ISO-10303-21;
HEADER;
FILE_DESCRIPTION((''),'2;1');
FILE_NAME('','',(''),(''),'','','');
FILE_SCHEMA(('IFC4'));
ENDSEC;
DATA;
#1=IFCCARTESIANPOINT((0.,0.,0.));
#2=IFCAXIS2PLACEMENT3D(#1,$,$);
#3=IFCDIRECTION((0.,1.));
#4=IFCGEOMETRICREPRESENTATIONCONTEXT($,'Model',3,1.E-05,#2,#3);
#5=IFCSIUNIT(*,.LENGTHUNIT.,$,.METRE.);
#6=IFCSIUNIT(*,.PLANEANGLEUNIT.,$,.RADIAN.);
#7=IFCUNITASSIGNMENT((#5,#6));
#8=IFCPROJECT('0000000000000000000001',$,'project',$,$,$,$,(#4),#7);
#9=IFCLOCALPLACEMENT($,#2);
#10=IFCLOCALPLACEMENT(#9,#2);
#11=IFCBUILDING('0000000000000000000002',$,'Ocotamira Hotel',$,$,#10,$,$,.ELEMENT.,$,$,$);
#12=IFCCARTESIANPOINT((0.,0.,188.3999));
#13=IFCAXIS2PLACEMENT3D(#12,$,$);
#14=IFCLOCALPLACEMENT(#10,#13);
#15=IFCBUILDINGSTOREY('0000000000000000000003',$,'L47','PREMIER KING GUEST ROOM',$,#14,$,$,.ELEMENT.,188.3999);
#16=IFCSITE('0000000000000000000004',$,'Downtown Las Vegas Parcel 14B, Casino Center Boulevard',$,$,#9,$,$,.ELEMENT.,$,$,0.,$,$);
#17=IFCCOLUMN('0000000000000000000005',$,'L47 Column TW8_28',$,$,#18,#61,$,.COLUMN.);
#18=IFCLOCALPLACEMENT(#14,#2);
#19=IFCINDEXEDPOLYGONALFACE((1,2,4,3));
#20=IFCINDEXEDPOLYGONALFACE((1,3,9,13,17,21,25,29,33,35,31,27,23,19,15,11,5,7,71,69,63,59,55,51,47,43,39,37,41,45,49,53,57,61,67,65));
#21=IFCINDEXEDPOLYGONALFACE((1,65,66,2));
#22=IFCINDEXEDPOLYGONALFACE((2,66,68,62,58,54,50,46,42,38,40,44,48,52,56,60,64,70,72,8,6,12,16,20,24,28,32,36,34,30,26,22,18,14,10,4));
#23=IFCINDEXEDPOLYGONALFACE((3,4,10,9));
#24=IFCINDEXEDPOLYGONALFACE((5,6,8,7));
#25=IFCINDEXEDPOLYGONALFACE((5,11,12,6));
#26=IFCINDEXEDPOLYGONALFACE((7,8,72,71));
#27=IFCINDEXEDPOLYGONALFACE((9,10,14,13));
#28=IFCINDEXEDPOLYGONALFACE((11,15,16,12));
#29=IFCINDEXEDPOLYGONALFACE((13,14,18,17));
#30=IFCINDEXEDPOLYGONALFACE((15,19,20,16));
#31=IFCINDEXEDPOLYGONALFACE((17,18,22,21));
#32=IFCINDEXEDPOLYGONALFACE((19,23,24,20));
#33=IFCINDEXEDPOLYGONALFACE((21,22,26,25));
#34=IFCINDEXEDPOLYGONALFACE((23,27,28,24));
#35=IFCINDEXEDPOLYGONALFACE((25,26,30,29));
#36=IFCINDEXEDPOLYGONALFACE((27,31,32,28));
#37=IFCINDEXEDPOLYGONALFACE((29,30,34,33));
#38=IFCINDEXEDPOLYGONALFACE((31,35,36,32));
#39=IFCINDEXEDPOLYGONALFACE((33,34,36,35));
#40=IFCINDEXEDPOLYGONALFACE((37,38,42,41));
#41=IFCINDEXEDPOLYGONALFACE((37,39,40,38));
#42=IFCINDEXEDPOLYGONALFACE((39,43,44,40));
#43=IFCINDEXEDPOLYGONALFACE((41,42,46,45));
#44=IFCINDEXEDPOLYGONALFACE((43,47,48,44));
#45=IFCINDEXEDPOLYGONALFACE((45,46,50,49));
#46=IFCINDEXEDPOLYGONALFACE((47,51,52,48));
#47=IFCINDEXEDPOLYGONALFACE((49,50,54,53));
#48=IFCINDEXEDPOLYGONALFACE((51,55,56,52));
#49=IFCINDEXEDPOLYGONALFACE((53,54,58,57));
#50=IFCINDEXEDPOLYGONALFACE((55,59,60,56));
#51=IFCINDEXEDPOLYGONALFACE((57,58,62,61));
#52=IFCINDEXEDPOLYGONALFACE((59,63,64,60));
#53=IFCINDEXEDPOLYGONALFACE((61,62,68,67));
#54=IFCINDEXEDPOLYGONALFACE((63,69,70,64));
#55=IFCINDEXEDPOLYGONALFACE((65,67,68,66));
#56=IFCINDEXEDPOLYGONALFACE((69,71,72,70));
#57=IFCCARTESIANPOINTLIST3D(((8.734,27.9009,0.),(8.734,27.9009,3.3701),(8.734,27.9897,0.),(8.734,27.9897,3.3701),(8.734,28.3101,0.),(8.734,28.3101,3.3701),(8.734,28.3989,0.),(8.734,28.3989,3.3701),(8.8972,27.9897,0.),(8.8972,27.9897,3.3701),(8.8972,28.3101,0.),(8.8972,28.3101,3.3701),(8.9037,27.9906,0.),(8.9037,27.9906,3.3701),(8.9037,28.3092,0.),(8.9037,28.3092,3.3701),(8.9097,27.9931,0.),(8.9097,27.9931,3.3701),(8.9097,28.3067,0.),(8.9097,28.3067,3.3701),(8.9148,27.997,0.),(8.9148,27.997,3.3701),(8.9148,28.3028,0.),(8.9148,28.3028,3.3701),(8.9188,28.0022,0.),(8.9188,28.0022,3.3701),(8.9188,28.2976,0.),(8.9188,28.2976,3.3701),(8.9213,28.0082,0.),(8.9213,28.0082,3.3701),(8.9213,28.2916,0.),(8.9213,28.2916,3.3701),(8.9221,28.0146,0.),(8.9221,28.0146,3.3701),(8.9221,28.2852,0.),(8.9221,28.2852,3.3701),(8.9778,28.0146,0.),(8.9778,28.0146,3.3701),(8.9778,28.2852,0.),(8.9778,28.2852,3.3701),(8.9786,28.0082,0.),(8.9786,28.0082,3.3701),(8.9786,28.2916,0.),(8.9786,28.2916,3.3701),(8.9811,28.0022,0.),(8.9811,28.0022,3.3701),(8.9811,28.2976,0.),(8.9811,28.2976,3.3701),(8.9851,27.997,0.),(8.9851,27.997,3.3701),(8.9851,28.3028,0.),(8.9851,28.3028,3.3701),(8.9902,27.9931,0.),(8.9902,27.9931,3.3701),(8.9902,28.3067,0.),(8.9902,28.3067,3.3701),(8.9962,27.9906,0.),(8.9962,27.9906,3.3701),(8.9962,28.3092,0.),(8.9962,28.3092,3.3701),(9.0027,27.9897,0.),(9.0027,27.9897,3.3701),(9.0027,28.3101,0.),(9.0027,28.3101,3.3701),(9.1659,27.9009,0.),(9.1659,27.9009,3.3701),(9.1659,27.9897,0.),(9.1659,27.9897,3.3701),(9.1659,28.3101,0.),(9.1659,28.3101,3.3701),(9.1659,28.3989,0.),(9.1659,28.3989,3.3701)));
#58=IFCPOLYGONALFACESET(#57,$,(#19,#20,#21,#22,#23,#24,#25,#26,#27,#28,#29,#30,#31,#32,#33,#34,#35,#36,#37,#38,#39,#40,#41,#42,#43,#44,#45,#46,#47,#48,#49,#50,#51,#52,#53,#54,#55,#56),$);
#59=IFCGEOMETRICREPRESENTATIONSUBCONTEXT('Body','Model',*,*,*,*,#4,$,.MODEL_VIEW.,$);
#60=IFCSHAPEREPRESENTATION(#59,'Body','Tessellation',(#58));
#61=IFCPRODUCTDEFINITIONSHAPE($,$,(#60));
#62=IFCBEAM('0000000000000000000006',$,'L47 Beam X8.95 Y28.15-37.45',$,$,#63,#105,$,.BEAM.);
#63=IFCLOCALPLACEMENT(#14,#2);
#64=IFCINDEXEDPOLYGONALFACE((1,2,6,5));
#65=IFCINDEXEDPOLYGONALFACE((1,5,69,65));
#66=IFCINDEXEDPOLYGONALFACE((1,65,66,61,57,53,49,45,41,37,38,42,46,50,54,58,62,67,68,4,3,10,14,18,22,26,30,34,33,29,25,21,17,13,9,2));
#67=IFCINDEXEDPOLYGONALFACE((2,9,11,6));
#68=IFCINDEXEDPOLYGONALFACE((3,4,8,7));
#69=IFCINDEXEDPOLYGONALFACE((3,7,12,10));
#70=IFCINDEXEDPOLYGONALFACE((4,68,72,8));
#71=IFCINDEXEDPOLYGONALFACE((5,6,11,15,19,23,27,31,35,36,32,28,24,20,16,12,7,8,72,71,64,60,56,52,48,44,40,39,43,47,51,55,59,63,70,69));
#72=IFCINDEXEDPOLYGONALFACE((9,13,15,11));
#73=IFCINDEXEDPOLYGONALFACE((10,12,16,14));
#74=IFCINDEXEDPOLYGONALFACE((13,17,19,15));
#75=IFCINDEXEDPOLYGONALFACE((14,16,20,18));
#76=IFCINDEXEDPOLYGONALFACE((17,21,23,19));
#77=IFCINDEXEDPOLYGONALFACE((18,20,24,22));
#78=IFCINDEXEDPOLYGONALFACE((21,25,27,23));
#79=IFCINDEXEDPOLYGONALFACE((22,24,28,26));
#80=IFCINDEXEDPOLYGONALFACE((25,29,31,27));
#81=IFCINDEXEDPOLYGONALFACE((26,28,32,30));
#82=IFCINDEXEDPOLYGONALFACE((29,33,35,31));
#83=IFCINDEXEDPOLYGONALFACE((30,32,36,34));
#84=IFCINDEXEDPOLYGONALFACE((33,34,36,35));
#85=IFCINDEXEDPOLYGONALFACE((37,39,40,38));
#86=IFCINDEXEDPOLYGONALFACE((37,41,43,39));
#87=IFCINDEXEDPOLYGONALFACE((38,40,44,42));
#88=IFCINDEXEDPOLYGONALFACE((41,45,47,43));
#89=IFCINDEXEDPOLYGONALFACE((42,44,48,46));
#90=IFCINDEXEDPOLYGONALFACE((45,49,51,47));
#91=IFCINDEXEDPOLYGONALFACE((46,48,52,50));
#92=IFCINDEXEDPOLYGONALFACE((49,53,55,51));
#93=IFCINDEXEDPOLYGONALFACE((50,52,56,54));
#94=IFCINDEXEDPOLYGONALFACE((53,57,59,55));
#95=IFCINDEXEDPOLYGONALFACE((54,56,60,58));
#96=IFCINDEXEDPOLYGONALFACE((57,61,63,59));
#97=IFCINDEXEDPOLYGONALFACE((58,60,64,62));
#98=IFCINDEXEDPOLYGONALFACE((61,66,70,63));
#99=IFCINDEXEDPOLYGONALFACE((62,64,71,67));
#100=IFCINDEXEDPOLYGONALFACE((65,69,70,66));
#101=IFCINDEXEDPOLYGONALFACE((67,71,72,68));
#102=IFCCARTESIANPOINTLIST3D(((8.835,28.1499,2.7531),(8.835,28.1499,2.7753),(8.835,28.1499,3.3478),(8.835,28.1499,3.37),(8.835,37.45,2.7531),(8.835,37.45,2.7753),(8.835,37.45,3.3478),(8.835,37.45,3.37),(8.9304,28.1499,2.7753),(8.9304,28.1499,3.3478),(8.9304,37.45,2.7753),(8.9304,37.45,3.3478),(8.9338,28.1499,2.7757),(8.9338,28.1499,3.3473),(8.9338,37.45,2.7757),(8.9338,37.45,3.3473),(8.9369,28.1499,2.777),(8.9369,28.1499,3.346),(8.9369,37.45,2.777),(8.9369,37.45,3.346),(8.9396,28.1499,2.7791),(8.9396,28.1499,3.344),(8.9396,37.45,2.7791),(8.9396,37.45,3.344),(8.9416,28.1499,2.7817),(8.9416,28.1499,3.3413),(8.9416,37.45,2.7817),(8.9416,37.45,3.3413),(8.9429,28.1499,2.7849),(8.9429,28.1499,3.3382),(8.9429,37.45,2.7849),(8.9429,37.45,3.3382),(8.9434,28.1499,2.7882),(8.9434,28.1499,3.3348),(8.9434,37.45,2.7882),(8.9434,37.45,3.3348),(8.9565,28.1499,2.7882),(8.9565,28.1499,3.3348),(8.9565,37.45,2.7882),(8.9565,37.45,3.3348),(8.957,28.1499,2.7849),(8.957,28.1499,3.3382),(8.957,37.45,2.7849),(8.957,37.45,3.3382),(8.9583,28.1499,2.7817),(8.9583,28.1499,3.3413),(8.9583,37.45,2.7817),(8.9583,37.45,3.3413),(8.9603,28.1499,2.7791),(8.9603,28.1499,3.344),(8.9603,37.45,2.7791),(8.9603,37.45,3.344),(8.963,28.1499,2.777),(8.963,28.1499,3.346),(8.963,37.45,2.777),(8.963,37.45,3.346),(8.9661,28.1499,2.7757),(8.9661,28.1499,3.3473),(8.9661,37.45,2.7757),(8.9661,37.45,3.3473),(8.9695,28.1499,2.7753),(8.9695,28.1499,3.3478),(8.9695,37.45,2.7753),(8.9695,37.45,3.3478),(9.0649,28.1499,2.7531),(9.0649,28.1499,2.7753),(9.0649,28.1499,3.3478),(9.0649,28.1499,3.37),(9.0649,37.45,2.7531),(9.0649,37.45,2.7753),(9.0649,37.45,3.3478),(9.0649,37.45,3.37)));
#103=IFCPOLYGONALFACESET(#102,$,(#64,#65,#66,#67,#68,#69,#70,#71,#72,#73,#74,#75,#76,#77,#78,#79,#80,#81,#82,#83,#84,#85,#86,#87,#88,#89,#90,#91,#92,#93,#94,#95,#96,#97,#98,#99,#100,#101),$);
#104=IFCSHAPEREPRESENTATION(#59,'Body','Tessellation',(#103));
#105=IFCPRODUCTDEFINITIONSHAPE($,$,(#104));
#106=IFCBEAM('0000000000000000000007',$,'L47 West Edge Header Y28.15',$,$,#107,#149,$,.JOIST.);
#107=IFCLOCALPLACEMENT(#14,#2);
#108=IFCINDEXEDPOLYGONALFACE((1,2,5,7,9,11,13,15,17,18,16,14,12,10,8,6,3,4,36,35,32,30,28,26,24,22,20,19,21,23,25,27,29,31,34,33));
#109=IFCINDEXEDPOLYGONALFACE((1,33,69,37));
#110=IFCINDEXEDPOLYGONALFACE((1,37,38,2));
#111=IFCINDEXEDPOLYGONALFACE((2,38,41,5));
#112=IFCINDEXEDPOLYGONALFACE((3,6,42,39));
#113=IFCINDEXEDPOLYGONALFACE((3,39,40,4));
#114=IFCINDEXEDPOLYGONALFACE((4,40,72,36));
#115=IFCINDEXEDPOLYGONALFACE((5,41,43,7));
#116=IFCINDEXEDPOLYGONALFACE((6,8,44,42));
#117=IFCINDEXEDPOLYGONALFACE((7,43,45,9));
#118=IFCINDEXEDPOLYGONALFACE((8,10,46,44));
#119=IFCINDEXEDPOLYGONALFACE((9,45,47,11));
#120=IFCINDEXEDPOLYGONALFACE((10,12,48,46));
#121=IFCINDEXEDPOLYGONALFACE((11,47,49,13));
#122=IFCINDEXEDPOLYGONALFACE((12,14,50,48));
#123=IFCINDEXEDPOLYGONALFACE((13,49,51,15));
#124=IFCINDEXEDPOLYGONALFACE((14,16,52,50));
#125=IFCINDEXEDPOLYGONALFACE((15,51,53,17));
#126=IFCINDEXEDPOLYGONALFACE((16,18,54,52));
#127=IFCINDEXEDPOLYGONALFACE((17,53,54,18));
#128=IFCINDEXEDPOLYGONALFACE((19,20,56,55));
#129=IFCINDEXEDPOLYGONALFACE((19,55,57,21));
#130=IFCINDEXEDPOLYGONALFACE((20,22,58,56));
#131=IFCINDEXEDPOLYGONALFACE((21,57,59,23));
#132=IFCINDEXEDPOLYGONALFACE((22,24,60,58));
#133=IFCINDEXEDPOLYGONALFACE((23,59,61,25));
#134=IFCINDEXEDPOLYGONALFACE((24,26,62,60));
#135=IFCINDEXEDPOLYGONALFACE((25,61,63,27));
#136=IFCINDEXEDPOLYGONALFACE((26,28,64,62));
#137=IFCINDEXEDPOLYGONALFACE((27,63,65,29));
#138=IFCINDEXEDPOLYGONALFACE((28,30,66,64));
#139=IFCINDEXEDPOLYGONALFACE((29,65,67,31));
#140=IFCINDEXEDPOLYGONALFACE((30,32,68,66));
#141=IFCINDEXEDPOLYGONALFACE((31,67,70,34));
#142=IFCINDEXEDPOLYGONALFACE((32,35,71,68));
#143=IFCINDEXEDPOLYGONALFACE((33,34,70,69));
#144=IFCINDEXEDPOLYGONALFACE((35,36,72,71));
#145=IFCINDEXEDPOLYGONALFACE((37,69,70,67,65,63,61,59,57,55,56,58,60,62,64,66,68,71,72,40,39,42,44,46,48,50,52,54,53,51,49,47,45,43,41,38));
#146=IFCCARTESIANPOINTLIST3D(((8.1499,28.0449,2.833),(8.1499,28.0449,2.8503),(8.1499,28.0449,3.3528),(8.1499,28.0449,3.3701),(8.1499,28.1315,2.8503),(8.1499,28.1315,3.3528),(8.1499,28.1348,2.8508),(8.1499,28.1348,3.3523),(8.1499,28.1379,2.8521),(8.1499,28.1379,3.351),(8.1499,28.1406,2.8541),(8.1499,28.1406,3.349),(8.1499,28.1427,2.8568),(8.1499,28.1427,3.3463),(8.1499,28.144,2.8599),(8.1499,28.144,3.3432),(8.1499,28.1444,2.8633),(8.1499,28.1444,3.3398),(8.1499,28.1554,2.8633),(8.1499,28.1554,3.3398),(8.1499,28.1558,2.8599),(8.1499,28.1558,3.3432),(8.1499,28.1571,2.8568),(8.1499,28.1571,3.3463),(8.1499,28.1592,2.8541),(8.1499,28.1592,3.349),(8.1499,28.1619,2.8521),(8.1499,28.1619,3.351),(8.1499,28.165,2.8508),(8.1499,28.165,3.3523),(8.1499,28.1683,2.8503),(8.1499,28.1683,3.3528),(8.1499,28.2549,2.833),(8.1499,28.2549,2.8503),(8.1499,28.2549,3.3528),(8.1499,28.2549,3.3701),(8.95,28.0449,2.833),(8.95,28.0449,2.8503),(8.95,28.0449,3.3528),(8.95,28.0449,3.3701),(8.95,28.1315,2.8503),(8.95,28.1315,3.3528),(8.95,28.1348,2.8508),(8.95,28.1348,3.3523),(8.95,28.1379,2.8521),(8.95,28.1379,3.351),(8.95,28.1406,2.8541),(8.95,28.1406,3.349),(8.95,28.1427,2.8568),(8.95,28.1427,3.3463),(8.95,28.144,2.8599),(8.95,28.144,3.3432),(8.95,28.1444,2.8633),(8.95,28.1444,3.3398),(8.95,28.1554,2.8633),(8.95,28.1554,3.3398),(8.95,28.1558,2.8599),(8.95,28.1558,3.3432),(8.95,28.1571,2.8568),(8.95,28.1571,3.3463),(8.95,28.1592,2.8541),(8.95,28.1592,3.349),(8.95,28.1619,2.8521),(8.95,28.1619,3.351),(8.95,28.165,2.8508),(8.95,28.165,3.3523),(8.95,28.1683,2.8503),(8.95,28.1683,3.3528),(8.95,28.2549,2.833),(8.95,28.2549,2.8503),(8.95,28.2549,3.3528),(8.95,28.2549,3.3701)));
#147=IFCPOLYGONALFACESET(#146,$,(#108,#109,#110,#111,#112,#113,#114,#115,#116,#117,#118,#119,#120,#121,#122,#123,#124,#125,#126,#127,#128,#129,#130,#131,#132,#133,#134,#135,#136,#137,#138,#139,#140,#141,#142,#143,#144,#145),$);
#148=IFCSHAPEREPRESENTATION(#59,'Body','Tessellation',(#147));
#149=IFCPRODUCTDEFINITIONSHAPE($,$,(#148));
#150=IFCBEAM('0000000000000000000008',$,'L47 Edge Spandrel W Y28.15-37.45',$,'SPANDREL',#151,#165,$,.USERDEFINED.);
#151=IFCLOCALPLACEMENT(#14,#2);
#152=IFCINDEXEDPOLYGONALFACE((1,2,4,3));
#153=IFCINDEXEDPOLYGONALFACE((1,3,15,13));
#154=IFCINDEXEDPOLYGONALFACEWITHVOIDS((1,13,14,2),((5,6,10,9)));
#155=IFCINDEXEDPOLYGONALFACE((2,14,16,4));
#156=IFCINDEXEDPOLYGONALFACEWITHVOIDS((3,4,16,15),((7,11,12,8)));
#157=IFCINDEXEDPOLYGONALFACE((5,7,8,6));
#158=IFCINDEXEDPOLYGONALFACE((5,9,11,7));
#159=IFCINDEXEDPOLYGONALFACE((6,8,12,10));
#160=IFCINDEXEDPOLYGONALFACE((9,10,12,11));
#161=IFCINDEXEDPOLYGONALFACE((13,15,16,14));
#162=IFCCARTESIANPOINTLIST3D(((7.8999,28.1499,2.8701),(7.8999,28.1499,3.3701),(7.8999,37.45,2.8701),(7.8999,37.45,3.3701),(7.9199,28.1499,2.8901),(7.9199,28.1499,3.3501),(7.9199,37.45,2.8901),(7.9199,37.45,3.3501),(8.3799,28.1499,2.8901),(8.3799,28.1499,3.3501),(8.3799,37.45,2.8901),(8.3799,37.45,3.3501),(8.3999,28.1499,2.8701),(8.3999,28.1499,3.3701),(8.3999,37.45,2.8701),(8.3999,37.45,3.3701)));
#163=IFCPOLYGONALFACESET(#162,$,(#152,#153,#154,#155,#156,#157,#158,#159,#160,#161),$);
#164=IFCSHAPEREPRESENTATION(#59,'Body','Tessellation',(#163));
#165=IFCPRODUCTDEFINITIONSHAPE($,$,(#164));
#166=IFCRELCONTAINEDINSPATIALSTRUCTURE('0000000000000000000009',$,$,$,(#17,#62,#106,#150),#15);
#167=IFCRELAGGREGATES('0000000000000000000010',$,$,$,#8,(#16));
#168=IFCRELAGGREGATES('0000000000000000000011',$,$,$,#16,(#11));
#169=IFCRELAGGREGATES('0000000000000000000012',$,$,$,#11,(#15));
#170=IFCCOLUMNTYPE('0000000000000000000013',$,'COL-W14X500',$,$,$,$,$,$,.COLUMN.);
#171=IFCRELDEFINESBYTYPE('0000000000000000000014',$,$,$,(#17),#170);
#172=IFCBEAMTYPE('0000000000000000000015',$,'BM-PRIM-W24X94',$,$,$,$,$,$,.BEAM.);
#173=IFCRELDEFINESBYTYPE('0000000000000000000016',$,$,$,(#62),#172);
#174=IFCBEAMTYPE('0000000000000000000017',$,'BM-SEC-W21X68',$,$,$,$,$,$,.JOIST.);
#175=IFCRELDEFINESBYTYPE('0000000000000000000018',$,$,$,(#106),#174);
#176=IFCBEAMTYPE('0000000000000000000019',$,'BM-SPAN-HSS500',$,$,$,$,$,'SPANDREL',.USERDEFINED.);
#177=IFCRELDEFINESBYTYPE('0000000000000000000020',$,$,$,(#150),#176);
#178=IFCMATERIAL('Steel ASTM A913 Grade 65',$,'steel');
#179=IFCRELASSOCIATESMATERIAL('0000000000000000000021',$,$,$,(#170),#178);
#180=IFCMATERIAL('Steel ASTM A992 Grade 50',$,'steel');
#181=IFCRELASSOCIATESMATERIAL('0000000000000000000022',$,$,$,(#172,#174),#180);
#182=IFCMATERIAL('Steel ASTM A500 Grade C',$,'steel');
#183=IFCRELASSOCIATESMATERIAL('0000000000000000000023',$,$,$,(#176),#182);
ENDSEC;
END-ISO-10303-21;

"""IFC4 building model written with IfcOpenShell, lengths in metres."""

from ifc_helpers import new_model, si_unit, direction, frame, origin, origin_2d, place, context, subcontext, project, spatial, hollow_rectangle, i_section, extrude, source, transform, mapped, material, material_profile, profile_set, type_object, element, save


model = new_model("IFC4")

# Units and contexts
model_context = context("Model", 3, precision=1e-05, world=origin(), true_north=direction((0.0, 1.0)))
body_context = subcontext(model_context, "Body", "Model", "MODEL_VIEW")
ifc_project = project(units=[si_unit("LENGTHUNIT", "METRE"), si_unit("PLANEANGLEUNIT", "RADIAN")], contexts=[model_context])

# Site, building, storey
site_placement = place(None, origin())
site = spatial("IfcSite", under=ifc_project, at=site_placement, Name="Downtown Las Vegas Parcel 14B, Casino Center Boulevard", CompositionType="ELEMENT", RefElevation=0.0)
building_placement = place(site_placement, origin())
building = spatial("IfcBuilding", under=site, at=building_placement, Name="Ocotamira Hotel", CompositionType="ELEMENT")
storey_placement = place(building_placement, frame((0.0, 0.0, 188.3999)))
storey = spatial("IfcBuildingStorey", under=building, at=storey_placement, Name="L47", Description="PREMIER KING GUEST ROOM", CompositionType="ELEMENT", Elevation=188.3999)

# Column
ifc_material_1 = material(Name="Steel ASTM A913 Grade 65", Category="steel")
ifc_material_profile_1 = material_profile(ifc_material_1, i_section(OverallWidth=0.4319, OverallDepth=0.498, WebThickness=0.0557, FlangeThickness=0.0889, FilletRadius=0.0249, at=origin_2d()), Name="W14X500")
ifc_profile_set_1 = profile_set([ifc_material_profile_1], Name="Steel ASTM A913 Grade 65")
column_type = type_object("IfcColumnType", Name="COL-W14X500", PredefinedType="COLUMN", material=ifc_profile_set_1)
shared_shape_1 = source(origin(), body_context, "Body", "SweptSolid", [
    extrude(i_section(OverallWidth=0.4319, OverallDepth=0.498, WebThickness=0.0557, FlangeThickness=0.0889, FilletRadius=0.0249, at=origin_2d()), origin(), (0.0, 0.0, 1.0), 3.3701),
])
column_placement = place(storey_placement, frame((8.95, 28.1499, 0.0), z_axis=(0.0, 0.0, 1.0), x_axis=(1.0, 0.0, 0.0)))
element("IfcColumn", 1, at=column_placement, inside=storey, type_object=column_type, Name="L47 Column TW8_28", PredefinedType="COLUMN", context=body_context, shape_type="MappedRepresentation", body=[
    mapped(shared_shape_1, transform((0.0, 0.0, 0.0), scale=1.0)),
])

# Beams
ifc_material_2 = material(Name="Steel ASTM A992 Grade 50", Category="steel")
ifc_material_profile_2 = material_profile(ifc_material_2, i_section(OverallWidth=0.23, OverallDepth=0.6169, WebThickness=0.0132, FlangeThickness=0.0222, FilletRadius=0.0129, at=origin_2d()), Name="W24X94")
ifc_profile_set_2 = profile_set([ifc_material_profile_2], Name="Steel ASTM A992 Grade 50")
beam_type_1 = type_object("IfcBeamType", Name="BM-PRIM-W24X94", PredefinedType="BEAM", material=ifc_profile_set_2)
shared_shape_2 = source(origin(), body_context, "Body", "SweptSolid", [
    extrude(i_section(OverallWidth=0.23, OverallDepth=0.6169, WebThickness=0.0132, FlangeThickness=0.0222, FilletRadius=0.0129, at=origin_2d()), origin(), (0.0, 0.0, 1.0), 9.3),
])
beam_1_placement = place(storey_placement, frame((8.95, 28.1499, 3.0615), z_axis=(0.0, 1.0, 0.0), x_axis=(-1.0, 0.0, 0.0)))
element("IfcBeam", 2, at=beam_1_placement, inside=storey, type_object=beam_type_1, Name="L47 Beam X8.95 Y28.15-37.45", PredefinedType="BEAM", context=body_context, shape_type="MappedRepresentation", body=[
    mapped(shared_shape_2, transform((0.0, 0.0, 0.0), scale=1.0)),
])
ifc_material_profile_3 = material_profile(ifc_material_2, i_section(OverallWidth=0.21, OverallDepth=0.5371, WebThickness=0.011, FlangeThickness=0.0173, FilletRadius=0.0129, at=origin_2d()), Name="W21X68")
ifc_profile_set_3 = profile_set([ifc_material_profile_3], Name="Steel ASTM A992 Grade 50")
beam_type_2 = type_object("IfcBeamType", Name="BM-SEC-W21X68", PredefinedType="JOIST", material=ifc_profile_set_3)
shared_shape_3 = source(origin(), body_context, "Body", "SweptSolid", [
    extrude(i_section(OverallWidth=0.21, OverallDepth=0.5371, WebThickness=0.011, FlangeThickness=0.0173, FilletRadius=0.0129, at=origin_2d()), origin(), (0.0, 0.0, 1.0), 0.8),
])
beam_2_placement = place(storey_placement, frame((8.95, 28.1499, 3.1016), z_axis=(-1.0, 0.0, 0.0), x_axis=(0.0, -1.0, 0.0)))
element("IfcBeam", 3, at=beam_2_placement, inside=storey, type_object=beam_type_2, Name="L47 West Edge Header Y28.15", PredefinedType="JOIST", context=body_context, shape_type="MappedRepresentation", body=[
    mapped(shared_shape_3, transform((0.0, 0.0, 0.0), scale=1.0)),
])
ifc_material_3 = material(Name="Steel ASTM A500 Grade C", Category="steel")
ifc_material_profile_4 = material_profile(ifc_material_3, hollow_rectangle(XDim=0.5, YDim=0.5, WallThickness=0.02, at=origin_2d()), Name="HSS500X500X20")
ifc_profile_set_4 = profile_set([ifc_material_profile_4], Name="Steel ASTM A500 Grade C")
beam_type_3 = type_object("IfcBeamType", Name="BM-SPAN-HSS500", ElementType="SPANDREL", PredefinedType="USERDEFINED", material=ifc_profile_set_4)
shared_shape_4 = source(origin(), body_context, "Body", "SweptSolid", [
    extrude(hollow_rectangle(XDim=0.5, YDim=0.5, WallThickness=0.02, at=origin_2d()), origin(), (0.0, 0.0, 1.0), 9.3),
])
beam_3_placement = place(storey_placement, frame((8.1499, 28.1499, 3.1201), z_axis=(0.0, 1.0, 0.0), x_axis=(-1.0, 0.0, 0.0)))
element("IfcBeam", 4, at=beam_3_placement, inside=storey, type_object=beam_type_3, Name="L47 Edge Spandrel W Y28.15-37.45", ObjectType="SPANDREL", PredefinedType="USERDEFINED", context=body_context, shape_type="MappedRepresentation", body=[
    mapped(shared_shape_4, transform((0.0, 0.0, 0.0), scale=1.0)),
])

save(model, "model.ifc")
